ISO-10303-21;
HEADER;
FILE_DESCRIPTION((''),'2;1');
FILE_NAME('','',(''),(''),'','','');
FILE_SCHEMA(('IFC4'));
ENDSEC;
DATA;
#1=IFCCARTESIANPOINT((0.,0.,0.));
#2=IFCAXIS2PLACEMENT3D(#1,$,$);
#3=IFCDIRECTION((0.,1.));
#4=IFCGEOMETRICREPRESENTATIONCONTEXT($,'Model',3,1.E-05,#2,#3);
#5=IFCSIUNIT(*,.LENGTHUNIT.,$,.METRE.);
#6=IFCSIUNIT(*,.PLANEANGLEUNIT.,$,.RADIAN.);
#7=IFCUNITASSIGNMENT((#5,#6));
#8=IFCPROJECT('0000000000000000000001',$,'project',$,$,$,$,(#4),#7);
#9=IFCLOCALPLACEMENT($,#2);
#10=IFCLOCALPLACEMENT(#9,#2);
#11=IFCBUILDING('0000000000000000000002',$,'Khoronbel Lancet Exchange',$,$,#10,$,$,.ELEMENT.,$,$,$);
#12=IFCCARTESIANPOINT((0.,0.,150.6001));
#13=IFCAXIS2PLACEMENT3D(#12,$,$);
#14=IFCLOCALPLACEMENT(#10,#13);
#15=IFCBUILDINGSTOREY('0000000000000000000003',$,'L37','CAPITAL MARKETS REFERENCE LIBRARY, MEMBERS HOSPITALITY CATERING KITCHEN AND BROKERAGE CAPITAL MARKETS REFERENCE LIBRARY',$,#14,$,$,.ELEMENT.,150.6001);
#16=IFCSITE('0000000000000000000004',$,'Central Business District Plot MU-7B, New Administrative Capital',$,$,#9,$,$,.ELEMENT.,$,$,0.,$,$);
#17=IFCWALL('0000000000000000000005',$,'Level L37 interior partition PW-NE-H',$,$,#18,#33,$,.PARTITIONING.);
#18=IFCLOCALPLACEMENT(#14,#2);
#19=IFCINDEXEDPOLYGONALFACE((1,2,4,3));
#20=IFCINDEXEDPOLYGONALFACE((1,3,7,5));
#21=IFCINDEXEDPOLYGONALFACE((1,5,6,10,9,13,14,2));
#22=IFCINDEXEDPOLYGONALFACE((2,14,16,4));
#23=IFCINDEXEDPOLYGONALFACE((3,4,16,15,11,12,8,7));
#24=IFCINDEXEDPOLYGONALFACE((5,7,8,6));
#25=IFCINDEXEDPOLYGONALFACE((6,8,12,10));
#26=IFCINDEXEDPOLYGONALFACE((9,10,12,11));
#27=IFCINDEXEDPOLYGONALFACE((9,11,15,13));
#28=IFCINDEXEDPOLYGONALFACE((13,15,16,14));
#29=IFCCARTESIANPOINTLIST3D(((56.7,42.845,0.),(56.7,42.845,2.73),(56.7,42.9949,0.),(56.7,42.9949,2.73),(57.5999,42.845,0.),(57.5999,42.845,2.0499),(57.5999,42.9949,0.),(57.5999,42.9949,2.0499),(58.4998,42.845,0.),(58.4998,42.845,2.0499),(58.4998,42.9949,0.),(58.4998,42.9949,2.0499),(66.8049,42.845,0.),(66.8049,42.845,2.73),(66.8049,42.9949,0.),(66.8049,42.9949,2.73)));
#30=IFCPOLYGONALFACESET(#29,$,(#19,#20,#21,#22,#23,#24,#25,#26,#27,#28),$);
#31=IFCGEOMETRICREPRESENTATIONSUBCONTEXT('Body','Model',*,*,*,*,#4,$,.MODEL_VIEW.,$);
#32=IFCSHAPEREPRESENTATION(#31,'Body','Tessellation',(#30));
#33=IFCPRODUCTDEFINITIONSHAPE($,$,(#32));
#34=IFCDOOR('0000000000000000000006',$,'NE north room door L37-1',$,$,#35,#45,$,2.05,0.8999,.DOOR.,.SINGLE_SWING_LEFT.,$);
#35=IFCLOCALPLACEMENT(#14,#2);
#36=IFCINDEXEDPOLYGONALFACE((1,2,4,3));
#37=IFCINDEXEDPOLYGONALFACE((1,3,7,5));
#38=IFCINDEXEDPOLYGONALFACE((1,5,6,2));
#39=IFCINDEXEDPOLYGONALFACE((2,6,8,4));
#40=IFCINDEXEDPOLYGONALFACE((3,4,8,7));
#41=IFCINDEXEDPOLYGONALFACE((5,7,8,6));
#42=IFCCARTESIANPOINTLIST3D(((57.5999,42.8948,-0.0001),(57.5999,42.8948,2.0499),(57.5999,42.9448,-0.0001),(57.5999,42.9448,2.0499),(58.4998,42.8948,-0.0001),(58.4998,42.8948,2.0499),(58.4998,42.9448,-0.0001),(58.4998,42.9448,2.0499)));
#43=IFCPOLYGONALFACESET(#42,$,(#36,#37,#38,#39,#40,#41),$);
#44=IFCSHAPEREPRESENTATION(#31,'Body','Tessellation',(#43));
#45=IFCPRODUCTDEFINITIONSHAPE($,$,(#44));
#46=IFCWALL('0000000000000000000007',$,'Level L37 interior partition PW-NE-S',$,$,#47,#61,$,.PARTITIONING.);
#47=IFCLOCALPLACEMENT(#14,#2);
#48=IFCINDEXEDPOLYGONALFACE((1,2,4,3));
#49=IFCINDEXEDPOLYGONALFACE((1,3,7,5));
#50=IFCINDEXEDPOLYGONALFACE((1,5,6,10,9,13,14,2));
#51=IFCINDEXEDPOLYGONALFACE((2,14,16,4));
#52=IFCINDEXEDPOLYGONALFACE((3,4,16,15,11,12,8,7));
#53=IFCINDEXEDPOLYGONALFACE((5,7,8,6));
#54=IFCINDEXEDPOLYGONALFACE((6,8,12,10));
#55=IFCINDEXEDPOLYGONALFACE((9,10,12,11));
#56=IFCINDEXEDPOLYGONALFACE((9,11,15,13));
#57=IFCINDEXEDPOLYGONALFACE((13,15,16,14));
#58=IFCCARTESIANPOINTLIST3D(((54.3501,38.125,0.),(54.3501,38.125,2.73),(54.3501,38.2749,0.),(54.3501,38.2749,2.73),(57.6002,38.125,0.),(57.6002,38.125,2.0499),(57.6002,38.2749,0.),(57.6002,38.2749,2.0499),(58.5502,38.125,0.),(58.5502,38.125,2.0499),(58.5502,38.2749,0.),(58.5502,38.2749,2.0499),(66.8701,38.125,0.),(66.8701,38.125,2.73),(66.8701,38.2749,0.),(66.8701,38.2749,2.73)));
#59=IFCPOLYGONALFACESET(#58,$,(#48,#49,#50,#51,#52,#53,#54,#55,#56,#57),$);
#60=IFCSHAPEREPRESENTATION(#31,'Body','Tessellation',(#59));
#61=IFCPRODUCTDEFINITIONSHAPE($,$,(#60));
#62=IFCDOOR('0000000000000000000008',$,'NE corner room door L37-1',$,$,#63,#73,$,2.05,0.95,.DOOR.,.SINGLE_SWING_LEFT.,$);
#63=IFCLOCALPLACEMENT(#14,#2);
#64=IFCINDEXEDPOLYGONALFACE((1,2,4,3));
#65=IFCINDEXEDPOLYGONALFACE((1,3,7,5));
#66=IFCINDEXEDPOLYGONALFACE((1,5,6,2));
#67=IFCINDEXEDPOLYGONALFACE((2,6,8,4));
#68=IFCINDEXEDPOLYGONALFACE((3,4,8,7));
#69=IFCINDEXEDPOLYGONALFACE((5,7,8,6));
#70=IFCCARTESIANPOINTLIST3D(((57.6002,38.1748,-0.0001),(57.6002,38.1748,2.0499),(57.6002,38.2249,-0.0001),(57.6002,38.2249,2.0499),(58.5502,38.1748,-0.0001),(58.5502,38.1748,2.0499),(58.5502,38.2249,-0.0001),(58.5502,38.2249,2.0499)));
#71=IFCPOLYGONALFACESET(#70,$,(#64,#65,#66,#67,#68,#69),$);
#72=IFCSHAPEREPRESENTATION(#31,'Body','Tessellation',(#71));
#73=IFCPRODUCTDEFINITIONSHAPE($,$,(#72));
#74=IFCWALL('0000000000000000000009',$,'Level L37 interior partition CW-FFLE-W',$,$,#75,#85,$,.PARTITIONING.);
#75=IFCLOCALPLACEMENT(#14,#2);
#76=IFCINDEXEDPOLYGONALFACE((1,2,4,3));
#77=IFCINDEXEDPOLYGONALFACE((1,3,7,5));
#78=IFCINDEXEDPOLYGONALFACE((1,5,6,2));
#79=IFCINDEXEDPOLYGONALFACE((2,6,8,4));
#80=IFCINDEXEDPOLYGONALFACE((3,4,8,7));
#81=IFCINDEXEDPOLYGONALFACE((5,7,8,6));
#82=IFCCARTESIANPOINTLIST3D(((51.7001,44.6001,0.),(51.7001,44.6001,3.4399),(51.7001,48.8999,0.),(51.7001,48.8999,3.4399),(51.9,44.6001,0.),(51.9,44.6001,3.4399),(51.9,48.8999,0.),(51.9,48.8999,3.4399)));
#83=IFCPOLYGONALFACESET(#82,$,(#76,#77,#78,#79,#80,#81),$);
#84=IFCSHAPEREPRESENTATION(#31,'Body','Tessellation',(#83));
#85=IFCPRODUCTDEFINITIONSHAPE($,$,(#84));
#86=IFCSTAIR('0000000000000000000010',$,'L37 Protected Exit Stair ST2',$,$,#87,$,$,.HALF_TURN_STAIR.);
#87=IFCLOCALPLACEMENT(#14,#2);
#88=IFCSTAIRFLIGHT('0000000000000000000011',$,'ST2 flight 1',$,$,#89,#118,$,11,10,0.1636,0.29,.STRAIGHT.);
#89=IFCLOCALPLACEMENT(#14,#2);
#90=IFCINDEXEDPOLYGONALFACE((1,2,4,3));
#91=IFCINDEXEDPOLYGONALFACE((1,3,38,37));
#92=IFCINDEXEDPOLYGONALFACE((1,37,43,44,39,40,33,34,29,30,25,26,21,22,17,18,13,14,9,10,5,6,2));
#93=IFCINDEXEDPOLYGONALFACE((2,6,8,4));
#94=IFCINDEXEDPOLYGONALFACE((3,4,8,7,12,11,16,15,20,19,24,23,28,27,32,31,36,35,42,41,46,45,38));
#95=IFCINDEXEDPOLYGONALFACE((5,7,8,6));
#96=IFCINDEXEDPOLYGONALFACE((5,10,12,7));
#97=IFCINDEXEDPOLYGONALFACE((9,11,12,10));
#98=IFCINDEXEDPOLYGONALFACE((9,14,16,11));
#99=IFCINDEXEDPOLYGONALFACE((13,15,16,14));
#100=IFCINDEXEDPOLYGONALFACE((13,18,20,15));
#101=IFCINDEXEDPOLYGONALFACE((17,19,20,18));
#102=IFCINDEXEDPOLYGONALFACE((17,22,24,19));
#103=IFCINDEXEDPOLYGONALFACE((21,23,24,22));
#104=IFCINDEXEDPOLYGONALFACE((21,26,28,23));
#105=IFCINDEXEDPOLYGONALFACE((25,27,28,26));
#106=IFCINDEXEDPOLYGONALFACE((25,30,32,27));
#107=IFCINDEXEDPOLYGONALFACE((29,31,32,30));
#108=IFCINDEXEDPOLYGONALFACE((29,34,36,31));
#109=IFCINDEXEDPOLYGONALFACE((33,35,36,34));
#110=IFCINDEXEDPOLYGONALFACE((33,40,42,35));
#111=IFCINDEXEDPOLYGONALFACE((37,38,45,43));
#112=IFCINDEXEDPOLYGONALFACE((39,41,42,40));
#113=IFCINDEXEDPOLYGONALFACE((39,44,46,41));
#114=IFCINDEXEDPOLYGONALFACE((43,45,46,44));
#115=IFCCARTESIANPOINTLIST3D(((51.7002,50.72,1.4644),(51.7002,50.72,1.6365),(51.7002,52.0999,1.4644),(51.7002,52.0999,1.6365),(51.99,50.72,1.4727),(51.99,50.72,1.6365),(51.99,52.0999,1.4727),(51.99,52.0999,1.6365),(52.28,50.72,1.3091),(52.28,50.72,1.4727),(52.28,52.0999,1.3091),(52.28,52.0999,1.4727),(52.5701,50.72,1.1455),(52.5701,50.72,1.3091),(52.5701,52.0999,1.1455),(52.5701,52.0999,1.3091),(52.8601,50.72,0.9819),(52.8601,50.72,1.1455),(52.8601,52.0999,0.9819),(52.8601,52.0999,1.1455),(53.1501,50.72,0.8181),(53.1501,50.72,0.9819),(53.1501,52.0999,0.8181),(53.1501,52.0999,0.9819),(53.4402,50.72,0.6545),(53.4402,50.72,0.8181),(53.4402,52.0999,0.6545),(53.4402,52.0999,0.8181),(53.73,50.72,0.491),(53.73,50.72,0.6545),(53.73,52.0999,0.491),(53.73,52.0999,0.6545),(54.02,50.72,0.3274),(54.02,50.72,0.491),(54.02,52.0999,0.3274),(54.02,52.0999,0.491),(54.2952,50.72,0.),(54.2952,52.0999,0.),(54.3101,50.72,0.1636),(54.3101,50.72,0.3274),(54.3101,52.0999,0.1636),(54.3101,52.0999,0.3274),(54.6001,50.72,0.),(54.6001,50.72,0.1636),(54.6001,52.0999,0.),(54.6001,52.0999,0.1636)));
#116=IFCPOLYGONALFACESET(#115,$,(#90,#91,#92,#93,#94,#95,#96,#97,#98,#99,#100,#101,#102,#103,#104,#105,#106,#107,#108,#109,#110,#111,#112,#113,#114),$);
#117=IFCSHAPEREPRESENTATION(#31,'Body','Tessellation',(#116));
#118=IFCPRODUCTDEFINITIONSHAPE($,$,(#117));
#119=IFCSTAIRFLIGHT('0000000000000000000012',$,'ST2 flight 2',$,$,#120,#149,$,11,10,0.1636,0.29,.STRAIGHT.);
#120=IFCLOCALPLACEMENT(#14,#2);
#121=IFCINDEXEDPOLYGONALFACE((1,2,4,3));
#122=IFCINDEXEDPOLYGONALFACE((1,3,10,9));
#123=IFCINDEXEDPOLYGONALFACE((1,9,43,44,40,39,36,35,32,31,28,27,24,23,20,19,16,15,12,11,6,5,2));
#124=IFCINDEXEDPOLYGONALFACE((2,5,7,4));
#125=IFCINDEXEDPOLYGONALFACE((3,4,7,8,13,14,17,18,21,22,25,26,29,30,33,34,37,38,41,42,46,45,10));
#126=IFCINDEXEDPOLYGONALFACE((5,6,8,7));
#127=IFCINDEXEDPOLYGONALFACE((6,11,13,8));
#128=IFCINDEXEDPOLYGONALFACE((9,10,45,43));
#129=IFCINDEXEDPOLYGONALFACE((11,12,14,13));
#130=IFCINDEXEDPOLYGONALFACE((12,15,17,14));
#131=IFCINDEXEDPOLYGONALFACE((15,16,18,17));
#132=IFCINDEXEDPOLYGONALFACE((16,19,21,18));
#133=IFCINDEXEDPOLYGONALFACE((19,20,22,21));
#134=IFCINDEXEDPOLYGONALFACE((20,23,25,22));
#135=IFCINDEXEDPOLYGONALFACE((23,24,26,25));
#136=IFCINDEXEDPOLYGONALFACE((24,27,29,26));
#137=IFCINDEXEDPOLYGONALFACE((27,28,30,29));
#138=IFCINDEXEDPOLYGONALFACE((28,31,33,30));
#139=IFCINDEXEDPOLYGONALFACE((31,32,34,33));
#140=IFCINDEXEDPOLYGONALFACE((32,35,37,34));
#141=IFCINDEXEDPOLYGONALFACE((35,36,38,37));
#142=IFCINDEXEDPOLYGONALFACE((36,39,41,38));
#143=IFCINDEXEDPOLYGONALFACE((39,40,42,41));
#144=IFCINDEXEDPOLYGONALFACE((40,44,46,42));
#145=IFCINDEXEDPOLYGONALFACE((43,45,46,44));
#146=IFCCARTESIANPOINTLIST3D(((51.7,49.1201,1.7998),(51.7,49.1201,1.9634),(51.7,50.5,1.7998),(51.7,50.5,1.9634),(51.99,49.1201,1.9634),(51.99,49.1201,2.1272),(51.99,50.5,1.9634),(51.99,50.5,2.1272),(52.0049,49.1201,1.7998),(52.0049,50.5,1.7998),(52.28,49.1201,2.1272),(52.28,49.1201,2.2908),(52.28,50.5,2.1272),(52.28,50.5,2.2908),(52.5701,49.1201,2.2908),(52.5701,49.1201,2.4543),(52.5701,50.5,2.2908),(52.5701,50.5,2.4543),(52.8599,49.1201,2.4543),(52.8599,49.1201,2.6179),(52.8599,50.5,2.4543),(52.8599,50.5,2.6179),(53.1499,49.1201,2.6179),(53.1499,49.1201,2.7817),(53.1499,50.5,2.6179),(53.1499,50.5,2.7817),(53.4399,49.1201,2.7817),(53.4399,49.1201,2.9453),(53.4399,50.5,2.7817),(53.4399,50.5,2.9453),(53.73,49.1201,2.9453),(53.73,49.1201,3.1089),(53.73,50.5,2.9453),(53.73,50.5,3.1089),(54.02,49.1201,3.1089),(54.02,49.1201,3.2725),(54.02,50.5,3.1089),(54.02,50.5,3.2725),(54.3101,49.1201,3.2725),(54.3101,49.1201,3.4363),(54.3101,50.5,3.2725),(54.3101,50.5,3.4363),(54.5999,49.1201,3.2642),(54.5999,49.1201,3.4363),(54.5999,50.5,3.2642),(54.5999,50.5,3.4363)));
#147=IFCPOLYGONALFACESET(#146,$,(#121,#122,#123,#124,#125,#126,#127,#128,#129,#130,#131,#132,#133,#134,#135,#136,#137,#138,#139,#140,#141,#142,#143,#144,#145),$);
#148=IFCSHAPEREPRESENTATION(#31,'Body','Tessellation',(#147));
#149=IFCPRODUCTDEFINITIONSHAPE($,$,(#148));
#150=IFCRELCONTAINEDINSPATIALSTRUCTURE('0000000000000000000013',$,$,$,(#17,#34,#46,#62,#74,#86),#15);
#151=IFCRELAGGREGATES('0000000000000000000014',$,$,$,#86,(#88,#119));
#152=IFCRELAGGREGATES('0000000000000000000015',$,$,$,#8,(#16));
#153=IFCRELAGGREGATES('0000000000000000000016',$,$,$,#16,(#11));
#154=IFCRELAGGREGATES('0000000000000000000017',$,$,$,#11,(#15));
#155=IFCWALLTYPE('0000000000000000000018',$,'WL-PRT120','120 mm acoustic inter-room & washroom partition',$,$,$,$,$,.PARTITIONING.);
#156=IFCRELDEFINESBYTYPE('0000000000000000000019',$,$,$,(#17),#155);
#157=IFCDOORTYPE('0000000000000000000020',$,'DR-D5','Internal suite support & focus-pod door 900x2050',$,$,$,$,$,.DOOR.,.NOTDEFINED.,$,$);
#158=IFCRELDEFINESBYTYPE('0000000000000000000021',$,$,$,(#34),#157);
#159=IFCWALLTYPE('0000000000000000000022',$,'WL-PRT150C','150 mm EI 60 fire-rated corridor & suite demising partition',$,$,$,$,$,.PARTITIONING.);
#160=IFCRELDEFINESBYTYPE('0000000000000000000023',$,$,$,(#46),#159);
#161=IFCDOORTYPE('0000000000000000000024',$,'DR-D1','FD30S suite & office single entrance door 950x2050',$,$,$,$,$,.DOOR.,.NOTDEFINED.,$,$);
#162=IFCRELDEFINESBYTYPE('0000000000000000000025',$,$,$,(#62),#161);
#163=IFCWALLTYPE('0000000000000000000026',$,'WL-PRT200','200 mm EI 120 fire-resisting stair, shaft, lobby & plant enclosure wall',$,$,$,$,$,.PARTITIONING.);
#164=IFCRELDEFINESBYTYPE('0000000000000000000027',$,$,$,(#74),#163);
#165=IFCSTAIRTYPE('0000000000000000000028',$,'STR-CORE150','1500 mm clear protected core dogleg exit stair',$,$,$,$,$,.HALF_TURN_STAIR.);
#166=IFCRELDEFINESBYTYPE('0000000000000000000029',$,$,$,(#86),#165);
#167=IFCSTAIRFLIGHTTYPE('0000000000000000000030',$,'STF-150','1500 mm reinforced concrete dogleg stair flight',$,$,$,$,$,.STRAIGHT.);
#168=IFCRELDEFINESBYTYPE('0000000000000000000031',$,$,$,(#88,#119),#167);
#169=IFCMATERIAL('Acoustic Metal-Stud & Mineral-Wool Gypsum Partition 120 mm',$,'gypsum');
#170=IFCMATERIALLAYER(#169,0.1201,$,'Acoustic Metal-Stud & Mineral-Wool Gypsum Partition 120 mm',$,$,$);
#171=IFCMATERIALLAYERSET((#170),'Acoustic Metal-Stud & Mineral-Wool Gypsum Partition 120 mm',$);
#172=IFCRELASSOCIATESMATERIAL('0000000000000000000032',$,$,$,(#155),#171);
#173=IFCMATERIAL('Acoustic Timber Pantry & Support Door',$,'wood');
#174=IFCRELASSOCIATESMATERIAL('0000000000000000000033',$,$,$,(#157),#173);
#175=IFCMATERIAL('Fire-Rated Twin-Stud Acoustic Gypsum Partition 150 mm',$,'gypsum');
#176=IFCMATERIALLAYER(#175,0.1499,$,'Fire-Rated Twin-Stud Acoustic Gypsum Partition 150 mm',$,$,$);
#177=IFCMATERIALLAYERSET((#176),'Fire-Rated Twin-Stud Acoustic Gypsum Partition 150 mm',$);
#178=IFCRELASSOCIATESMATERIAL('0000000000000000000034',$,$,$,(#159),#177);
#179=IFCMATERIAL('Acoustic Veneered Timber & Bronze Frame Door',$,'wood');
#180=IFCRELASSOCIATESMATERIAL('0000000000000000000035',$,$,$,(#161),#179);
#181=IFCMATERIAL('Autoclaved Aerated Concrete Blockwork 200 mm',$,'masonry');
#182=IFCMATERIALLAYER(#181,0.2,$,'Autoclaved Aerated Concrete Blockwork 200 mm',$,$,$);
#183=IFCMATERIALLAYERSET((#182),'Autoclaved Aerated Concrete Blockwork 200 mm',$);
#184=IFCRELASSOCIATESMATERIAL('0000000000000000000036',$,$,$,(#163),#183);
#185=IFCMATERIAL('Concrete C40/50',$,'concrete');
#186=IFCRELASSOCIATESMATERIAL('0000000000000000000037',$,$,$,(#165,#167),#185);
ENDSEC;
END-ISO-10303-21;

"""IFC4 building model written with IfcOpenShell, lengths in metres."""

from ifc_helpers import new_model, si_unit, direction, frame, frame_2d, origin, place, context, subcontext, project, spatial, polyline, rectangle, outline, extrude, material, layer, layer_set, type_object, element, fill, aggregate, save


model = new_model("IFC4")

# Units and contexts
model_context = context("Model", 3, precision=1e-05, world=origin(), true_north=direction((0.0, 1.0)))
body_context = subcontext(model_context, "Body", "Model", "MODEL_VIEW")
ifc_project = project(units=[si_unit("LENGTHUNIT", "METRE"), si_unit("PLANEANGLEUNIT", "RADIAN")], contexts=[model_context])

# Site, building, storey
site_placement = place(None, origin())
site = spatial("IfcSite", under=ifc_project, at=site_placement, Name="Central Business District Plot MU-7B, New Administrative Capital", CompositionType="ELEMENT", RefElevation=0.0)
building_placement = place(site_placement, origin())
building = spatial("IfcBuilding", under=site, at=building_placement, Name="Khoronbel Lancet Exchange", CompositionType="ELEMENT")
storey_placement = place(building_placement, frame((0.0, 0.0, 150.6001)))
storey = spatial("IfcBuildingStorey", under=building, at=storey_placement, Name="L37", Description="CAPITAL MARKETS REFERENCE LIBRARY, MEMBERS HOSPITALITY CATERING KITCHEN AND BROKERAGE CAPITAL MARKETS REFERENCE LIBRARY", CompositionType="ELEMENT", Elevation=150.6001)

# Shared definitions
ifc_material_1 = material(Name="Acoustic Metal-Stud & Mineral-Wool Gypsum Partition 120 mm", Category="gypsum")
ifc_layer_1 = layer(ifc_material_1, 0.1201, Name="Acoustic Metal-Stud & Mineral-Wool Gypsum Partition 120 mm")
ifc_layer_set_1 = layer_set([ifc_layer_1], Name="Acoustic Metal-Stud & Mineral-Wool Gypsum Partition 120 mm")
wall_type_1 = type_object("IfcWallType", Name="WL-PRT120", Description="120 mm acoustic inter-room & washroom partition", PredefinedType="PARTITIONING", material=ifc_layer_set_1)

# Walls, openings, doors
wall_1_placement = place(storey_placement, frame((56.7, 42.9199, 0.0), z_axis=(0.0, 0.0, 1.0), x_axis=(1.0, 0.0, 0.0)))
wall_1 = element("IfcWall", 1, at=wall_1_placement, inside=storey, type_object=wall_type_1, Name="Level L37 interior partition PW-NE-H", PredefinedType="PARTITIONING", context=body_context, shape_type="SweptSolid", body=[
    extrude(rectangle(XDim=10.105, YDim=0.1499, at=frame_2d((5.0525, 0.0))), origin(), (0.0, 0.0, 1.0), 2.73),
])
opening_1_placement = place(wall_1_placement, frame((0.8999, 0.0, 0.0)))
opening_1 = element("IfcOpeningElement", 2, at=opening_1_placement, cuts=wall_1, PredefinedType="OPENING", context=body_context, shape_type="SweptSolid", body=[
    extrude(rectangle(XDim=0.8999, YDim=2.05, at=frame_2d((0.45, 1.0249))), frame((0.0, 0.085, 0.0), z_axis=(0.0, -1.0, 0.0), x_axis=(1.0, 0.0, 0.0)), (0.0, 0.0, 1.0), 0.1699),
])
ifc_material_2 = material(Name="Acoustic Timber Pantry & Support Door", Category="wood")
door_type_1 = type_object("IfcDoorType", Name="DR-D5", Description="Internal suite support & focus-pod door 900x2050", OperationType="NOTDEFINED", PredefinedType="DOOR", material=ifc_material_2)
door_1_placement = place(opening_1_placement, origin())
door_1 = element("IfcDoor", 3, at=door_1_placement, inside=storey, type_object=door_type_1, Name="NE north room door L37-1", OperationType="SINGLE_SWING_LEFT", OverallHeight=2.05, OverallWidth=0.8999, PredefinedType="DOOR", context=body_context, shape_type="SweptSolid", body=[
    extrude(rectangle(XDim=0.8999, YDim=2.05, at=frame_2d((0.45, 1.0249))), frame((0.0, 0.0249, 0.0), z_axis=(0.0, -1.0, 0.0), x_axis=(1.0, 0.0, 0.0)), (0.0, 0.0, 1.0), 0.05),
])
fill(opening_1, door_1)
ifc_material_3 = material(Name="Fire-Rated Twin-Stud Acoustic Gypsum Partition 150 mm", Category="gypsum")
ifc_layer_2 = layer(ifc_material_3, 0.1499, Name="Fire-Rated Twin-Stud Acoustic Gypsum Partition 150 mm")
ifc_layer_set_2 = layer_set([ifc_layer_2], Name="Fire-Rated Twin-Stud Acoustic Gypsum Partition 150 mm")
wall_type_2 = type_object("IfcWallType", Name="WL-PRT150C", Description="150 mm EI 60 fire-rated corridor & suite demising partition", PredefinedType="PARTITIONING", material=ifc_layer_set_2)
wall_2_placement = place(storey_placement, frame((54.3501, 38.2, 0.0), z_axis=(0.0, 0.0, 1.0), x_axis=(1.0, 0.0, 0.0)))
wall_2 = element("IfcWall", 4, at=wall_2_placement, inside=storey, type_object=wall_type_2, Name="Level L37 interior partition PW-NE-S", PredefinedType="PARTITIONING", context=body_context, shape_type="SweptSolid", body=[
    extrude(rectangle(XDim=12.52, YDim=0.1499, at=frame_2d((6.26, 0.0))), origin(), (0.0, 0.0, 1.0), 2.73),
])
opening_2_placement = place(wall_2_placement, frame((3.25, 0.0, 0.0)))
opening_2 = element("IfcOpeningElement", 5, at=opening_2_placement, cuts=wall_2, PredefinedType="OPENING", context=body_context, shape_type="SweptSolid", body=[
    extrude(rectangle(XDim=0.95, YDim=2.05, at=frame_2d((0.4751, 1.0249))), frame((0.0, 0.085, 0.0), z_axis=(0.0, -1.0, 0.0), x_axis=(1.0, 0.0, 0.0)), (0.0, 0.0, 1.0), 0.1699),
])
ifc_material_4 = material(Name="Acoustic Veneered Timber & Bronze Frame Door", Category="wood")
door_type_2 = type_object("IfcDoorType", Name="DR-D1", Description="FD30S suite & office single entrance door 950x2050", OperationType="NOTDEFINED", PredefinedType="DOOR", material=ifc_material_4)
door_2_placement = place(opening_2_placement, origin())
door_2 = element("IfcDoor", 6, at=door_2_placement, inside=storey, type_object=door_type_2, Name="NE corner room door L37-1", OperationType="SINGLE_SWING_LEFT", OverallHeight=2.05, OverallWidth=0.95, PredefinedType="DOOR", context=body_context, shape_type="SweptSolid", body=[
    extrude(rectangle(XDim=0.95, YDim=2.05, at=frame_2d((0.4751, 1.0249))), frame((0.0, 0.0249, 0.0), z_axis=(0.0, -1.0, 0.0), x_axis=(1.0, 0.0, 0.0)), (0.0, 0.0, 1.0), 0.05),
])
fill(opening_2, door_2)

# Wall
ifc_material_5 = material(Name="Autoclaved Aerated Concrete Blockwork 200 mm", Category="masonry")
ifc_layer_3 = layer(ifc_material_5, 0.2, Name="Autoclaved Aerated Concrete Blockwork 200 mm")
ifc_layer_set_3 = layer_set([ifc_layer_3], Name="Autoclaved Aerated Concrete Blockwork 200 mm")
wall_type_3 = type_object("IfcWallType", Name="WL-PRT200", Description="200 mm EI 120 fire-resisting stair, shaft, lobby & plant enclosure wall", PredefinedType="PARTITIONING", material=ifc_layer_set_3)
wall_3_placement = place(storey_placement, frame((51.8, 44.6001, 0.0), z_axis=(0.0, 0.0, 1.0), x_axis=(0.0, 1.0, 0.0)))
element("IfcWall", 7, at=wall_3_placement, inside=storey, type_object=wall_type_3, Name="Level L37 interior partition CW-FFLE-W", PredefinedType="PARTITIONING", context=body_context, shape_type="SweptSolid", body=[
    extrude(rectangle(XDim=4.2998, YDim=0.2, at=frame_2d((2.1499, 0.0))), origin(), (0.0, 0.0, 1.0), 3.4399),
])

# Stair, stair flights
ifc_material_6 = material(Name="Concrete C40/50", Category="concrete")
stair_type = type_object("IfcStairType", Name="STR-CORE150", Description="1500 mm clear protected core dogleg exit stair", PredefinedType="HALF_TURN_STAIR", material=ifc_material_6)
stair_placement = place(storey_placement, origin())
stair = element("IfcStair", 8, at=stair_placement, inside=storey, type_object=stair_type, Name="L37 Protected Exit Stair ST2", PredefinedType="HALF_TURN_STAIR")
stair_flight_type = type_object("IfcStairFlightType", Name="STF-150", Description="1500 mm reinforced concrete dogleg stair flight", PredefinedType="STRAIGHT", material=ifc_material_6)
stair_flight_1_placement = place(storey_placement, frame((54.6001, 51.4099, 0.0), z_axis=(0.0, 0.0, 1.0), x_axis=(-1.0, 0.0, 0.0)))
stair_flight_1 = element("IfcStairFlight", 9, at=stair_flight_1_placement, type_object=stair_flight_type, Name="ST2 flight 1", NumberOfRisers=11, NumberOfTreads=10, PredefinedType="STRAIGHT", RiserHeight=0.1636, TreadLength=0.29, context=body_context, shape_type="SweptSolid", body=[
    extrude(outline(polyline([(0.0, 0.0), (0.0, 0.1636), (0.29, 0.1636), (0.29, 0.3274), (0.5801, 0.3274), (0.5801, 0.491), (0.8701, 0.491), (0.8701, 0.6545), (1.1599, 0.6545), (1.1599, 0.8181), (1.45, 0.8181), (1.45, 0.9819), (1.74, 0.9819), (1.74, 1.1455), (2.03, 1.1455), (2.03, 1.3091), (2.3201, 1.3091), (2.3201, 1.4727), (2.6101, 1.4727), (2.6101, 1.6365), (2.8999, 1.6365), (2.8999, 1.8), (2.8999, 1.4644), (0.3049, 0.0), (0.0, 0.0)])), frame((0.0, 0.6899, 0.0), z_axis=(0.0, -1.0, 0.0), x_axis=(1.0, 0.0, 0.0)), (0.0, 0.0, 1.0), 1.3799),
])
stair_flight_2_placement = place(storey_placement, frame((51.7, 49.8101, 1.7998), z_axis=(0.0, 0.0, 1.0), x_axis=(1.0, 0.0, 0.0)))
stair_flight_2 = element("IfcStairFlight", 10, at=stair_flight_2_placement, type_object=stair_flight_type, Name="ST2 flight 2", NumberOfRisers=11, NumberOfTreads=10, PredefinedType="STRAIGHT", RiserHeight=0.1636, TreadLength=0.29, context=body_context, shape_type="SweptSolid", body=[
    extrude(outline(polyline([(0.0, 0.0), (0.0, 0.1636), (0.29, 0.1636), (0.29, 0.3274), (0.5801, 0.3274), (0.5801, 0.491), (0.8701, 0.491), (0.8701, 0.6545), (1.1599, 0.6545), (1.1599, 0.8181), (1.45, 0.8181), (1.45, 0.9819), (1.74, 0.9819), (1.74, 1.1455), (2.03, 1.1455), (2.03, 1.3091), (2.3201, 1.3091), (2.3201, 1.4727), (2.6101, 1.4727), (2.6101, 1.6365), (2.8999, 1.6365), (2.8999, 1.8), (2.8999, 1.4644), (0.3049, 0.0), (0.0, 0.0)])), frame((0.0, 0.6899, 0.0), z_axis=(0.0, -1.0, 0.0), x_axis=(1.0, 0.0, 0.0)), (0.0, 0.0, 1.0), 1.3799),
])
aggregate(stair, [stair_flight_1, stair_flight_2])

save(model, "model.ifc")
